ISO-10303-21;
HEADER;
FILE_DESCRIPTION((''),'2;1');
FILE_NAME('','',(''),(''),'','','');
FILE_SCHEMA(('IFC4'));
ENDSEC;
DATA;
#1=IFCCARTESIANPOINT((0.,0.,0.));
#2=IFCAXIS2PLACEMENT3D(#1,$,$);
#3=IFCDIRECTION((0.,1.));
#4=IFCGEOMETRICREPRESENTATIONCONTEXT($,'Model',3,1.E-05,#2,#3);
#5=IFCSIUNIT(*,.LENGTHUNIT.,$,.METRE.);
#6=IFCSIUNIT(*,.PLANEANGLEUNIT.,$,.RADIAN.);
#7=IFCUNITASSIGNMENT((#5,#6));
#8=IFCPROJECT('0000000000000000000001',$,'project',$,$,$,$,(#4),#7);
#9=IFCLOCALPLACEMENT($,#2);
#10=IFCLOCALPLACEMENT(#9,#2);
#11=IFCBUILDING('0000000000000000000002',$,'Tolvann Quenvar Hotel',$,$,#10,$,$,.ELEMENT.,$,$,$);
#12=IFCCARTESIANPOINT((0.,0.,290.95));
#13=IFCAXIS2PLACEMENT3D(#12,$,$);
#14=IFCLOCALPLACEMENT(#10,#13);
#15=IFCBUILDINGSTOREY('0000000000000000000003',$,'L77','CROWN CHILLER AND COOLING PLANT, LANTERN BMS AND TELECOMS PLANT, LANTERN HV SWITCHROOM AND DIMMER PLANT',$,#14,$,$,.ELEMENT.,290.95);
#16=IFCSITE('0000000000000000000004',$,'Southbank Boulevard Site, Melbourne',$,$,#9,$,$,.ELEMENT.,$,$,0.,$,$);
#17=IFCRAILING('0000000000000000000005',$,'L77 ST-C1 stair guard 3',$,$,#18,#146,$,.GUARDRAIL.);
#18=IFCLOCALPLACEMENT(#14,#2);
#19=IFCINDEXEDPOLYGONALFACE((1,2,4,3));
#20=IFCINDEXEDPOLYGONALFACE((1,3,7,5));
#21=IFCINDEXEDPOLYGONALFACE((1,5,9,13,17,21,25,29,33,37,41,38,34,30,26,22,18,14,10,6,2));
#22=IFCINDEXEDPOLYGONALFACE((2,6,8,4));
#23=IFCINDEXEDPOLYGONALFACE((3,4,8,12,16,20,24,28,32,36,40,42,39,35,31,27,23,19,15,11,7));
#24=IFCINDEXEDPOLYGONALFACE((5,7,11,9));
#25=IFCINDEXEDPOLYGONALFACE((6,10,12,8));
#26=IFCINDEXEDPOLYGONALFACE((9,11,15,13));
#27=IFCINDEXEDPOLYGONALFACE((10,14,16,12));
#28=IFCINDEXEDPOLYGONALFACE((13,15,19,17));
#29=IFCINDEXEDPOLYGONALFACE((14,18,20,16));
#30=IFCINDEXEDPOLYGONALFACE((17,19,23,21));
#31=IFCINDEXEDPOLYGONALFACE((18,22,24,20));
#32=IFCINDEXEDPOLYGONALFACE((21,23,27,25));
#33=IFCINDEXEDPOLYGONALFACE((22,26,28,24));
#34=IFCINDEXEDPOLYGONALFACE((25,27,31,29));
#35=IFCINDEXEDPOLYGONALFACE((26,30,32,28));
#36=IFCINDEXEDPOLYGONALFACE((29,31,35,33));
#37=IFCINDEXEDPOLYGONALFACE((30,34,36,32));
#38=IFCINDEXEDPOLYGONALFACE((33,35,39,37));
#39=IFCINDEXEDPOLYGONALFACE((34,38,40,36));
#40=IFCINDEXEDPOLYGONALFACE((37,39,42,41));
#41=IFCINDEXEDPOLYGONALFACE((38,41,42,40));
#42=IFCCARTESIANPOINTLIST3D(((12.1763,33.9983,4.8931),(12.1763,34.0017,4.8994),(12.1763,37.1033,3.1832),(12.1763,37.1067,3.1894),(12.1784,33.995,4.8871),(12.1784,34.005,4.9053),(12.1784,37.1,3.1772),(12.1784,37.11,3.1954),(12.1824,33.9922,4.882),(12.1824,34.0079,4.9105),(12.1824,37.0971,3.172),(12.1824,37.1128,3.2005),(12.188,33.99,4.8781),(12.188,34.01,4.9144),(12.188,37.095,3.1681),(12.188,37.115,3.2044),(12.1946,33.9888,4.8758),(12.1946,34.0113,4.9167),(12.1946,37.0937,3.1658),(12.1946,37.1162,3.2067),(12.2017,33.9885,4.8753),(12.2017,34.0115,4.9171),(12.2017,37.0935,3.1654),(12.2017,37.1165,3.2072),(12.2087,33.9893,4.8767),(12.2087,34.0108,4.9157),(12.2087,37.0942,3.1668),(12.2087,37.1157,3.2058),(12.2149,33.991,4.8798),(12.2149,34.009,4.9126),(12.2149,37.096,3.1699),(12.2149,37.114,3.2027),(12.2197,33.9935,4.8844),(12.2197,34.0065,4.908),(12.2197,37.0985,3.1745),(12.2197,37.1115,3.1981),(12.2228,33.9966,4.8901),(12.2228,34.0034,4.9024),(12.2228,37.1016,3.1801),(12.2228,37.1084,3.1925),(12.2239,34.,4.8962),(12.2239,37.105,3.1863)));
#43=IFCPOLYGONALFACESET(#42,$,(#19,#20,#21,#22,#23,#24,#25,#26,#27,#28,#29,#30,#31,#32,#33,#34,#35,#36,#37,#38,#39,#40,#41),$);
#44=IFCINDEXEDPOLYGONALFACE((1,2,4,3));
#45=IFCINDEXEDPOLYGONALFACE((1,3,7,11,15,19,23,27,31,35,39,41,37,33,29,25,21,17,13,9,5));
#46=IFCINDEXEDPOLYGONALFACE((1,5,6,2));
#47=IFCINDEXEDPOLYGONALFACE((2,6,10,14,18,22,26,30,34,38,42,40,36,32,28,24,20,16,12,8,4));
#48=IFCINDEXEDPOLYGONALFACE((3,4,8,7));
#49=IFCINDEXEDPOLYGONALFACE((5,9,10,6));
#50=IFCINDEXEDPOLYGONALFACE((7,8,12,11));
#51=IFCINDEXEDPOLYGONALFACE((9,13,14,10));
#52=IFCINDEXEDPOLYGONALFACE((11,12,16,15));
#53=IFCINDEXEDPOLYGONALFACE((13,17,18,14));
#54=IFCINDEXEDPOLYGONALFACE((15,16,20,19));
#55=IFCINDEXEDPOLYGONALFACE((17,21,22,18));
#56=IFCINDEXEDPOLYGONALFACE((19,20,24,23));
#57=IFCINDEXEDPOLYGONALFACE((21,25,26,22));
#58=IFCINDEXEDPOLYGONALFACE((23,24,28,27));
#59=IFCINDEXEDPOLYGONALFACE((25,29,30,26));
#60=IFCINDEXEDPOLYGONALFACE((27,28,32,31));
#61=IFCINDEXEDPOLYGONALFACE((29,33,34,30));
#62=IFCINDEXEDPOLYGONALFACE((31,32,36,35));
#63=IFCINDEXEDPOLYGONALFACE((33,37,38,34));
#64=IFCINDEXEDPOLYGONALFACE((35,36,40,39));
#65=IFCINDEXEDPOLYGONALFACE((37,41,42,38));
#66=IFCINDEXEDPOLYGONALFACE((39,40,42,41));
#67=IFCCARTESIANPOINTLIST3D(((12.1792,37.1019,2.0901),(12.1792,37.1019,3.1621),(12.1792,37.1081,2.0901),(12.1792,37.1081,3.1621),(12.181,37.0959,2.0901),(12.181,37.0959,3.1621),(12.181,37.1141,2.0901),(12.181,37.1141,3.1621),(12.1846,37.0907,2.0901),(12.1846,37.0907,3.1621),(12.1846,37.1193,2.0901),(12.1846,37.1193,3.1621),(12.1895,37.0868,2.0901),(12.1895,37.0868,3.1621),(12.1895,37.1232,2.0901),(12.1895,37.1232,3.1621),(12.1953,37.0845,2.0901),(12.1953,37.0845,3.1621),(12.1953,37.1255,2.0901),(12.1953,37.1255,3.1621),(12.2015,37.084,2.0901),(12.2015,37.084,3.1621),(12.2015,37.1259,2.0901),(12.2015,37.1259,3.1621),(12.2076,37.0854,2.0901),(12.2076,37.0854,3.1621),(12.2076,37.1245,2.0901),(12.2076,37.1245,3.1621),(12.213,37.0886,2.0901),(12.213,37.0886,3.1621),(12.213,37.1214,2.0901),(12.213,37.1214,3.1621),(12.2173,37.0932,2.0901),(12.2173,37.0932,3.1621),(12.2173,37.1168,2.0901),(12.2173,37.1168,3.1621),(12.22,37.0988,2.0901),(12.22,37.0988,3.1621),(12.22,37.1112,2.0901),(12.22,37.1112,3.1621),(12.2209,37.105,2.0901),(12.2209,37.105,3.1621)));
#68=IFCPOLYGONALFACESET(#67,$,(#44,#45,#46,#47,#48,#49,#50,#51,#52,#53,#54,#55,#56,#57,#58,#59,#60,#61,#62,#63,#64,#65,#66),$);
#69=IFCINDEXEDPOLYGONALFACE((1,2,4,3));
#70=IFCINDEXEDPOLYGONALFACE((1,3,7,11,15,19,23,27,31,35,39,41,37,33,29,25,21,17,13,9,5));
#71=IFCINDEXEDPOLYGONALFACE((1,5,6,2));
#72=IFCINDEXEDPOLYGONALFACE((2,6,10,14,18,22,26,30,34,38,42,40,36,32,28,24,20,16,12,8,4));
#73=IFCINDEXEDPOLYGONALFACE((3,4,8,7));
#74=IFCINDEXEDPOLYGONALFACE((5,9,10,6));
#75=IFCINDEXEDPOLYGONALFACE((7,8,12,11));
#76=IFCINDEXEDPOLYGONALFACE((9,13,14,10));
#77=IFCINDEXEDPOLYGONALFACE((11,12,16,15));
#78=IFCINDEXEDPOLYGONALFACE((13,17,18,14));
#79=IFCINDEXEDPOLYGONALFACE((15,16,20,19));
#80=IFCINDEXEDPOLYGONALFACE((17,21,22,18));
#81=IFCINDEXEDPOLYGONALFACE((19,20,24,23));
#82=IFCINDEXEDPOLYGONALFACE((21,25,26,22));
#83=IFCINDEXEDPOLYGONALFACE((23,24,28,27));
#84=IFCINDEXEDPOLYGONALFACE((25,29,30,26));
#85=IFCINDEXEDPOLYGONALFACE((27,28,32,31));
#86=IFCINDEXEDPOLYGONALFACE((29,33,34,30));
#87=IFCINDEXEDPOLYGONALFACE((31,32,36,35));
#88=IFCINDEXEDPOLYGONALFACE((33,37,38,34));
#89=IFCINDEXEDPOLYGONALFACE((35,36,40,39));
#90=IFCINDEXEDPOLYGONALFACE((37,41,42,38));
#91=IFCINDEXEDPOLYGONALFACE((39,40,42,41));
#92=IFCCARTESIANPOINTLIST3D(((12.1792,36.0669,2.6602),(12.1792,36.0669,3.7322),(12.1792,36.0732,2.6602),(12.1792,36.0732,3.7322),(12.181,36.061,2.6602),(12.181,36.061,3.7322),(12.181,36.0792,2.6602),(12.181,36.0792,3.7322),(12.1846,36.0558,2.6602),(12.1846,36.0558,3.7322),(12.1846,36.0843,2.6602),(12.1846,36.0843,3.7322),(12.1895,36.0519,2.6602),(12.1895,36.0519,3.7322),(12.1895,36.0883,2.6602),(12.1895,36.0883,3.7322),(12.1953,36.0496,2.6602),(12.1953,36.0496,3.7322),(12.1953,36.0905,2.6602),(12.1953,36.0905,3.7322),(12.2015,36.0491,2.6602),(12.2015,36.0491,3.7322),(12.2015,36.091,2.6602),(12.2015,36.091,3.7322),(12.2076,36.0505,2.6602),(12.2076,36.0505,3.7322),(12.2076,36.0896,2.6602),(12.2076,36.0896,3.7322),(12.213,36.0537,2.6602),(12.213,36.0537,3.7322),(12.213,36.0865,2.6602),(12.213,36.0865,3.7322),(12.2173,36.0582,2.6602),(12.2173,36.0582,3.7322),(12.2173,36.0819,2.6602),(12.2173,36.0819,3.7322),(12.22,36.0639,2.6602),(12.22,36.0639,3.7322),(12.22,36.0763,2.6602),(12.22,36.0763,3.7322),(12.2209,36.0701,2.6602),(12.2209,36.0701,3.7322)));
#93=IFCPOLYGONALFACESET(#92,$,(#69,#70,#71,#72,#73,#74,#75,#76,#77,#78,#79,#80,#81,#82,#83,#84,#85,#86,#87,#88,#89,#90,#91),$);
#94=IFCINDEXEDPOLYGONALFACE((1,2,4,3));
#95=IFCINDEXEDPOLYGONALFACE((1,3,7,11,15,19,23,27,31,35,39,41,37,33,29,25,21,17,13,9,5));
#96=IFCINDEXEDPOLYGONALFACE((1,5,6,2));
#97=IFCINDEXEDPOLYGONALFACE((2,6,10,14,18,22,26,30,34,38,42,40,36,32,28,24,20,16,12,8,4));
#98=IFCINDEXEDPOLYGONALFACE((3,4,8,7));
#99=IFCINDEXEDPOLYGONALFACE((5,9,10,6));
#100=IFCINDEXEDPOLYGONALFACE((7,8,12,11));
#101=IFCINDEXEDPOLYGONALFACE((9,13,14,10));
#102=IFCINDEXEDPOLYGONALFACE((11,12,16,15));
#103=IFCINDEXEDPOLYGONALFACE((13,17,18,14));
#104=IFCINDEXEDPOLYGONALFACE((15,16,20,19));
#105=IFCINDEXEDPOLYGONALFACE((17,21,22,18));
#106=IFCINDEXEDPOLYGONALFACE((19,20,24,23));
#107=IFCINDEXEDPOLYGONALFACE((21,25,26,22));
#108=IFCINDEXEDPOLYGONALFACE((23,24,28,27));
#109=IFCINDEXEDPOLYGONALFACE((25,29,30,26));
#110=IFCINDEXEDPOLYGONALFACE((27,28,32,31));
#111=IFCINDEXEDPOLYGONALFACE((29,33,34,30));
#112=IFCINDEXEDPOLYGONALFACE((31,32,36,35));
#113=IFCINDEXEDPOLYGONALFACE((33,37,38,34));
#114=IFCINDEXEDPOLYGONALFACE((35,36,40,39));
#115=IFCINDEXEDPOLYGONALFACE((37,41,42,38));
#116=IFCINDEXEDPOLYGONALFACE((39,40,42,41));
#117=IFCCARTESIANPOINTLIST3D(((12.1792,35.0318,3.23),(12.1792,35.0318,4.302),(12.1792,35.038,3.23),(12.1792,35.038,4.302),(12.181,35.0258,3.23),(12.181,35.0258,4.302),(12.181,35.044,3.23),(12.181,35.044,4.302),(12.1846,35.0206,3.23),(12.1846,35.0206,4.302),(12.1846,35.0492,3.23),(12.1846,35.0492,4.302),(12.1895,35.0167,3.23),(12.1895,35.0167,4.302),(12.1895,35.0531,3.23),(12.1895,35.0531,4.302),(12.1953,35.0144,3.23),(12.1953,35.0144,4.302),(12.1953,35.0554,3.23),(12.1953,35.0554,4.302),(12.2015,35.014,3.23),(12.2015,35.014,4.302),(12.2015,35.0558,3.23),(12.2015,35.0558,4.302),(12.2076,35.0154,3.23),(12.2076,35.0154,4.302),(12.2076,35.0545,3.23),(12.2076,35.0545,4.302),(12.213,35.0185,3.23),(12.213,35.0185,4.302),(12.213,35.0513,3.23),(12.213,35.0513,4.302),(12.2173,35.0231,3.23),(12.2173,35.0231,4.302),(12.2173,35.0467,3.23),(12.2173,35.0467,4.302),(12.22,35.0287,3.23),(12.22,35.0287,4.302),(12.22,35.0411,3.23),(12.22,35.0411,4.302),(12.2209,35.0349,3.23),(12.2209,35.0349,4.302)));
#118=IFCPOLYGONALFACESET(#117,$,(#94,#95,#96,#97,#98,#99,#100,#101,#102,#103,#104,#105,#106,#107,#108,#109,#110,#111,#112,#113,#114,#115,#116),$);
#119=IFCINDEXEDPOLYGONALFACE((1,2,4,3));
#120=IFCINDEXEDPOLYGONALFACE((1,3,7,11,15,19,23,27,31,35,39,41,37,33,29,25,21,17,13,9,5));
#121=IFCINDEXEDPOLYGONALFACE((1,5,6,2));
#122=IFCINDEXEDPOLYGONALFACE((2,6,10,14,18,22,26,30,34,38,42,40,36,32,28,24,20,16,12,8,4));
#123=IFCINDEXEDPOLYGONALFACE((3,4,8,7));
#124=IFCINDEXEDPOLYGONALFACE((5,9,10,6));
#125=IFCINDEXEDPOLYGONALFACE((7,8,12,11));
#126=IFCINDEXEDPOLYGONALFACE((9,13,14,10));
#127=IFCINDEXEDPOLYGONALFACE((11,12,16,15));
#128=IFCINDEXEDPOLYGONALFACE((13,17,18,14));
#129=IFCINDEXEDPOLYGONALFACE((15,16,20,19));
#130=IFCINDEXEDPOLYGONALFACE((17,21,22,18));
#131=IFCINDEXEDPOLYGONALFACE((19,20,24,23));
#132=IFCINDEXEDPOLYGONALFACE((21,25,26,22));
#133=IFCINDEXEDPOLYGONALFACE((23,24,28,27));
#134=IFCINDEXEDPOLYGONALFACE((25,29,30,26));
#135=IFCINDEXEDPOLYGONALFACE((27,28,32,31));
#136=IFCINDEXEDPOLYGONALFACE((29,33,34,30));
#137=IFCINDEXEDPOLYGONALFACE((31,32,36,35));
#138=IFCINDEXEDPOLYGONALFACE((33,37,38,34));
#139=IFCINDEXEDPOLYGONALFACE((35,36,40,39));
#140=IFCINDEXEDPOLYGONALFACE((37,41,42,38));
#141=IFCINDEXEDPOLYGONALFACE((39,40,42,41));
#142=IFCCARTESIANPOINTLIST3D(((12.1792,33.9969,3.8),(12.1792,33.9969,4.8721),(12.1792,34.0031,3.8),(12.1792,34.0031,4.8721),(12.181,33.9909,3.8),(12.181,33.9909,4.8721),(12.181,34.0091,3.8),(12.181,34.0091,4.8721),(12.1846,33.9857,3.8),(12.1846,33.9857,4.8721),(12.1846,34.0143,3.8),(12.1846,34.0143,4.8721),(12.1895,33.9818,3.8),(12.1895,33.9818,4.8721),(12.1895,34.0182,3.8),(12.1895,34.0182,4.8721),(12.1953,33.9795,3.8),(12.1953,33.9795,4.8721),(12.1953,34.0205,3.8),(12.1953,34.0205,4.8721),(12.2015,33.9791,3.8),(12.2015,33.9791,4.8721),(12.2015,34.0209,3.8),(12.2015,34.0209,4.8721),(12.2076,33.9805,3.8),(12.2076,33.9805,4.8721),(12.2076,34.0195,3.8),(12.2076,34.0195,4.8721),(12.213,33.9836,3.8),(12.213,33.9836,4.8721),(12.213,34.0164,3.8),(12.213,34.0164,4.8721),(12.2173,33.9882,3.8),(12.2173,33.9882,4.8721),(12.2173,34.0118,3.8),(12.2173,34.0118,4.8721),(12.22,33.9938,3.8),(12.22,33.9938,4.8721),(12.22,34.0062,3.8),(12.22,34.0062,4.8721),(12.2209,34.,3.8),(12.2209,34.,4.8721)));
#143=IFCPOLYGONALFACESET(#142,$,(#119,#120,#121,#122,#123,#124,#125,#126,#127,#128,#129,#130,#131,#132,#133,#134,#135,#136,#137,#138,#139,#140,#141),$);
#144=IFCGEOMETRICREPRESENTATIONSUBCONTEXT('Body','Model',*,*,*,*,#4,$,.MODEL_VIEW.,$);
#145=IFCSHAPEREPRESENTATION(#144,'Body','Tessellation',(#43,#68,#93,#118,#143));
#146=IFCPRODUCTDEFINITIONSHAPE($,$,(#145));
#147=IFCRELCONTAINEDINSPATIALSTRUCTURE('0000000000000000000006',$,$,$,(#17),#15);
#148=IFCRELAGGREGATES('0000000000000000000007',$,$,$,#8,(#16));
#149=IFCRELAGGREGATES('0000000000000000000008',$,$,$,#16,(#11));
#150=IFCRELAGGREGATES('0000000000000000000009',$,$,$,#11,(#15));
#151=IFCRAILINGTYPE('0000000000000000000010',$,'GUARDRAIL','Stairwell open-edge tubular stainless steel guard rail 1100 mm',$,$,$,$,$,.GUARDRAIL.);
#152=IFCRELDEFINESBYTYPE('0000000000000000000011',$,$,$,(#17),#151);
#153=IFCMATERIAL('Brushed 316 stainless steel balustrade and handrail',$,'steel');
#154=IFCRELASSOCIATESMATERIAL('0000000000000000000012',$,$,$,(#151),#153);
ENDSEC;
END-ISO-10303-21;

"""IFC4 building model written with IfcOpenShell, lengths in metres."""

from ifc_helpers import new_model, si_unit, direction, frame, origin, origin_2d, place, context, subcontext, project, spatial, circle, extrude, material, type_object, element, save


model = new_model("IFC4")

# Units and contexts
model_context = context("Model", 3, precision=1e-05, world=origin(), true_north=direction((0.0, 1.0)))
body_context = subcontext(model_context, "Body", "Model", "MODEL_VIEW")
ifc_project = project(units=[si_unit("LENGTHUNIT", "METRE"), si_unit("PLANEANGLEUNIT", "RADIAN")], contexts=[model_context])

# Site, building, storey
site_placement = place(None, origin())
site = spatial("IfcSite", under=ifc_project, at=site_placement, Name="Southbank Boulevard Site, Melbourne", CompositionType="ELEMENT", RefElevation=0.0)
building_placement = place(site_placement, origin())
building = spatial("IfcBuilding", under=site, at=building_placement, Name="Tolvann Quenvar Hotel", CompositionType="ELEMENT")
storey_placement = place(building_placement, frame((0.0, 0.0, 290.95)))
storey = spatial("IfcBuildingStorey", under=building, at=storey_placement, Name="L77", Description="CROWN CHILLER AND COOLING PLANT, LANTERN BMS AND TELECOMS PLANT, LANTERN HV SWITCHROOM AND DIMMER PLANT", CompositionType="ELEMENT", Elevation=290.95)

# Railing
ifc_material_1 = material(Name="Brushed 316 stainless steel balustrade and handrail", Category="steel")
railing_type_1 = type_object("IfcRailingType", Name="GUARDRAIL", Description="Stairwell open-edge tubular stainless steel guard rail 1100 mm", PredefinedType="GUARDRAIL", material=ifc_material_1)
railing_1_placement = place(storey_placement, frame((12.2, 37.105, 2.0901)))
element("IfcRailing", 1, at=railing_1_placement, inside=storey, type_object=railing_type_1, Name="L77 ST-C1 stair guard 3", PredefinedType="GUARDRAIL", context=body_context, shape_type="SweptSolid", body=[
    extrude(circle(Radius=0.0239, at=origin_2d()), frame((0.0, 0.0, 1.0962), z_axis=(0.0, -0.875951, 0.4824), x_axis=(1.0, 0.0, 0.0)), (0.0, 0.0, 1.0), 3.5447),
    extrude(circle(Radius=0.021, at=origin_2d()), origin(), (0.0, 0.0, 1.0), 1.072),
    extrude(circle(Radius=0.021, at=origin_2d()), frame((0.0, -1.0349, 0.5701)), (0.0, 0.0, 1.0), 1.072),
    extrude(circle(Radius=0.021, at=origin_2d()), frame((0.0, -2.0701, 1.1399)), (0.0, 0.0, 1.0), 1.072),
    extrude(circle(Radius=0.021, at=origin_2d()), frame((0.0, -3.105, 1.71)), (0.0, 0.0, 1.0), 1.072),
])

save(model, "model.ifc")
